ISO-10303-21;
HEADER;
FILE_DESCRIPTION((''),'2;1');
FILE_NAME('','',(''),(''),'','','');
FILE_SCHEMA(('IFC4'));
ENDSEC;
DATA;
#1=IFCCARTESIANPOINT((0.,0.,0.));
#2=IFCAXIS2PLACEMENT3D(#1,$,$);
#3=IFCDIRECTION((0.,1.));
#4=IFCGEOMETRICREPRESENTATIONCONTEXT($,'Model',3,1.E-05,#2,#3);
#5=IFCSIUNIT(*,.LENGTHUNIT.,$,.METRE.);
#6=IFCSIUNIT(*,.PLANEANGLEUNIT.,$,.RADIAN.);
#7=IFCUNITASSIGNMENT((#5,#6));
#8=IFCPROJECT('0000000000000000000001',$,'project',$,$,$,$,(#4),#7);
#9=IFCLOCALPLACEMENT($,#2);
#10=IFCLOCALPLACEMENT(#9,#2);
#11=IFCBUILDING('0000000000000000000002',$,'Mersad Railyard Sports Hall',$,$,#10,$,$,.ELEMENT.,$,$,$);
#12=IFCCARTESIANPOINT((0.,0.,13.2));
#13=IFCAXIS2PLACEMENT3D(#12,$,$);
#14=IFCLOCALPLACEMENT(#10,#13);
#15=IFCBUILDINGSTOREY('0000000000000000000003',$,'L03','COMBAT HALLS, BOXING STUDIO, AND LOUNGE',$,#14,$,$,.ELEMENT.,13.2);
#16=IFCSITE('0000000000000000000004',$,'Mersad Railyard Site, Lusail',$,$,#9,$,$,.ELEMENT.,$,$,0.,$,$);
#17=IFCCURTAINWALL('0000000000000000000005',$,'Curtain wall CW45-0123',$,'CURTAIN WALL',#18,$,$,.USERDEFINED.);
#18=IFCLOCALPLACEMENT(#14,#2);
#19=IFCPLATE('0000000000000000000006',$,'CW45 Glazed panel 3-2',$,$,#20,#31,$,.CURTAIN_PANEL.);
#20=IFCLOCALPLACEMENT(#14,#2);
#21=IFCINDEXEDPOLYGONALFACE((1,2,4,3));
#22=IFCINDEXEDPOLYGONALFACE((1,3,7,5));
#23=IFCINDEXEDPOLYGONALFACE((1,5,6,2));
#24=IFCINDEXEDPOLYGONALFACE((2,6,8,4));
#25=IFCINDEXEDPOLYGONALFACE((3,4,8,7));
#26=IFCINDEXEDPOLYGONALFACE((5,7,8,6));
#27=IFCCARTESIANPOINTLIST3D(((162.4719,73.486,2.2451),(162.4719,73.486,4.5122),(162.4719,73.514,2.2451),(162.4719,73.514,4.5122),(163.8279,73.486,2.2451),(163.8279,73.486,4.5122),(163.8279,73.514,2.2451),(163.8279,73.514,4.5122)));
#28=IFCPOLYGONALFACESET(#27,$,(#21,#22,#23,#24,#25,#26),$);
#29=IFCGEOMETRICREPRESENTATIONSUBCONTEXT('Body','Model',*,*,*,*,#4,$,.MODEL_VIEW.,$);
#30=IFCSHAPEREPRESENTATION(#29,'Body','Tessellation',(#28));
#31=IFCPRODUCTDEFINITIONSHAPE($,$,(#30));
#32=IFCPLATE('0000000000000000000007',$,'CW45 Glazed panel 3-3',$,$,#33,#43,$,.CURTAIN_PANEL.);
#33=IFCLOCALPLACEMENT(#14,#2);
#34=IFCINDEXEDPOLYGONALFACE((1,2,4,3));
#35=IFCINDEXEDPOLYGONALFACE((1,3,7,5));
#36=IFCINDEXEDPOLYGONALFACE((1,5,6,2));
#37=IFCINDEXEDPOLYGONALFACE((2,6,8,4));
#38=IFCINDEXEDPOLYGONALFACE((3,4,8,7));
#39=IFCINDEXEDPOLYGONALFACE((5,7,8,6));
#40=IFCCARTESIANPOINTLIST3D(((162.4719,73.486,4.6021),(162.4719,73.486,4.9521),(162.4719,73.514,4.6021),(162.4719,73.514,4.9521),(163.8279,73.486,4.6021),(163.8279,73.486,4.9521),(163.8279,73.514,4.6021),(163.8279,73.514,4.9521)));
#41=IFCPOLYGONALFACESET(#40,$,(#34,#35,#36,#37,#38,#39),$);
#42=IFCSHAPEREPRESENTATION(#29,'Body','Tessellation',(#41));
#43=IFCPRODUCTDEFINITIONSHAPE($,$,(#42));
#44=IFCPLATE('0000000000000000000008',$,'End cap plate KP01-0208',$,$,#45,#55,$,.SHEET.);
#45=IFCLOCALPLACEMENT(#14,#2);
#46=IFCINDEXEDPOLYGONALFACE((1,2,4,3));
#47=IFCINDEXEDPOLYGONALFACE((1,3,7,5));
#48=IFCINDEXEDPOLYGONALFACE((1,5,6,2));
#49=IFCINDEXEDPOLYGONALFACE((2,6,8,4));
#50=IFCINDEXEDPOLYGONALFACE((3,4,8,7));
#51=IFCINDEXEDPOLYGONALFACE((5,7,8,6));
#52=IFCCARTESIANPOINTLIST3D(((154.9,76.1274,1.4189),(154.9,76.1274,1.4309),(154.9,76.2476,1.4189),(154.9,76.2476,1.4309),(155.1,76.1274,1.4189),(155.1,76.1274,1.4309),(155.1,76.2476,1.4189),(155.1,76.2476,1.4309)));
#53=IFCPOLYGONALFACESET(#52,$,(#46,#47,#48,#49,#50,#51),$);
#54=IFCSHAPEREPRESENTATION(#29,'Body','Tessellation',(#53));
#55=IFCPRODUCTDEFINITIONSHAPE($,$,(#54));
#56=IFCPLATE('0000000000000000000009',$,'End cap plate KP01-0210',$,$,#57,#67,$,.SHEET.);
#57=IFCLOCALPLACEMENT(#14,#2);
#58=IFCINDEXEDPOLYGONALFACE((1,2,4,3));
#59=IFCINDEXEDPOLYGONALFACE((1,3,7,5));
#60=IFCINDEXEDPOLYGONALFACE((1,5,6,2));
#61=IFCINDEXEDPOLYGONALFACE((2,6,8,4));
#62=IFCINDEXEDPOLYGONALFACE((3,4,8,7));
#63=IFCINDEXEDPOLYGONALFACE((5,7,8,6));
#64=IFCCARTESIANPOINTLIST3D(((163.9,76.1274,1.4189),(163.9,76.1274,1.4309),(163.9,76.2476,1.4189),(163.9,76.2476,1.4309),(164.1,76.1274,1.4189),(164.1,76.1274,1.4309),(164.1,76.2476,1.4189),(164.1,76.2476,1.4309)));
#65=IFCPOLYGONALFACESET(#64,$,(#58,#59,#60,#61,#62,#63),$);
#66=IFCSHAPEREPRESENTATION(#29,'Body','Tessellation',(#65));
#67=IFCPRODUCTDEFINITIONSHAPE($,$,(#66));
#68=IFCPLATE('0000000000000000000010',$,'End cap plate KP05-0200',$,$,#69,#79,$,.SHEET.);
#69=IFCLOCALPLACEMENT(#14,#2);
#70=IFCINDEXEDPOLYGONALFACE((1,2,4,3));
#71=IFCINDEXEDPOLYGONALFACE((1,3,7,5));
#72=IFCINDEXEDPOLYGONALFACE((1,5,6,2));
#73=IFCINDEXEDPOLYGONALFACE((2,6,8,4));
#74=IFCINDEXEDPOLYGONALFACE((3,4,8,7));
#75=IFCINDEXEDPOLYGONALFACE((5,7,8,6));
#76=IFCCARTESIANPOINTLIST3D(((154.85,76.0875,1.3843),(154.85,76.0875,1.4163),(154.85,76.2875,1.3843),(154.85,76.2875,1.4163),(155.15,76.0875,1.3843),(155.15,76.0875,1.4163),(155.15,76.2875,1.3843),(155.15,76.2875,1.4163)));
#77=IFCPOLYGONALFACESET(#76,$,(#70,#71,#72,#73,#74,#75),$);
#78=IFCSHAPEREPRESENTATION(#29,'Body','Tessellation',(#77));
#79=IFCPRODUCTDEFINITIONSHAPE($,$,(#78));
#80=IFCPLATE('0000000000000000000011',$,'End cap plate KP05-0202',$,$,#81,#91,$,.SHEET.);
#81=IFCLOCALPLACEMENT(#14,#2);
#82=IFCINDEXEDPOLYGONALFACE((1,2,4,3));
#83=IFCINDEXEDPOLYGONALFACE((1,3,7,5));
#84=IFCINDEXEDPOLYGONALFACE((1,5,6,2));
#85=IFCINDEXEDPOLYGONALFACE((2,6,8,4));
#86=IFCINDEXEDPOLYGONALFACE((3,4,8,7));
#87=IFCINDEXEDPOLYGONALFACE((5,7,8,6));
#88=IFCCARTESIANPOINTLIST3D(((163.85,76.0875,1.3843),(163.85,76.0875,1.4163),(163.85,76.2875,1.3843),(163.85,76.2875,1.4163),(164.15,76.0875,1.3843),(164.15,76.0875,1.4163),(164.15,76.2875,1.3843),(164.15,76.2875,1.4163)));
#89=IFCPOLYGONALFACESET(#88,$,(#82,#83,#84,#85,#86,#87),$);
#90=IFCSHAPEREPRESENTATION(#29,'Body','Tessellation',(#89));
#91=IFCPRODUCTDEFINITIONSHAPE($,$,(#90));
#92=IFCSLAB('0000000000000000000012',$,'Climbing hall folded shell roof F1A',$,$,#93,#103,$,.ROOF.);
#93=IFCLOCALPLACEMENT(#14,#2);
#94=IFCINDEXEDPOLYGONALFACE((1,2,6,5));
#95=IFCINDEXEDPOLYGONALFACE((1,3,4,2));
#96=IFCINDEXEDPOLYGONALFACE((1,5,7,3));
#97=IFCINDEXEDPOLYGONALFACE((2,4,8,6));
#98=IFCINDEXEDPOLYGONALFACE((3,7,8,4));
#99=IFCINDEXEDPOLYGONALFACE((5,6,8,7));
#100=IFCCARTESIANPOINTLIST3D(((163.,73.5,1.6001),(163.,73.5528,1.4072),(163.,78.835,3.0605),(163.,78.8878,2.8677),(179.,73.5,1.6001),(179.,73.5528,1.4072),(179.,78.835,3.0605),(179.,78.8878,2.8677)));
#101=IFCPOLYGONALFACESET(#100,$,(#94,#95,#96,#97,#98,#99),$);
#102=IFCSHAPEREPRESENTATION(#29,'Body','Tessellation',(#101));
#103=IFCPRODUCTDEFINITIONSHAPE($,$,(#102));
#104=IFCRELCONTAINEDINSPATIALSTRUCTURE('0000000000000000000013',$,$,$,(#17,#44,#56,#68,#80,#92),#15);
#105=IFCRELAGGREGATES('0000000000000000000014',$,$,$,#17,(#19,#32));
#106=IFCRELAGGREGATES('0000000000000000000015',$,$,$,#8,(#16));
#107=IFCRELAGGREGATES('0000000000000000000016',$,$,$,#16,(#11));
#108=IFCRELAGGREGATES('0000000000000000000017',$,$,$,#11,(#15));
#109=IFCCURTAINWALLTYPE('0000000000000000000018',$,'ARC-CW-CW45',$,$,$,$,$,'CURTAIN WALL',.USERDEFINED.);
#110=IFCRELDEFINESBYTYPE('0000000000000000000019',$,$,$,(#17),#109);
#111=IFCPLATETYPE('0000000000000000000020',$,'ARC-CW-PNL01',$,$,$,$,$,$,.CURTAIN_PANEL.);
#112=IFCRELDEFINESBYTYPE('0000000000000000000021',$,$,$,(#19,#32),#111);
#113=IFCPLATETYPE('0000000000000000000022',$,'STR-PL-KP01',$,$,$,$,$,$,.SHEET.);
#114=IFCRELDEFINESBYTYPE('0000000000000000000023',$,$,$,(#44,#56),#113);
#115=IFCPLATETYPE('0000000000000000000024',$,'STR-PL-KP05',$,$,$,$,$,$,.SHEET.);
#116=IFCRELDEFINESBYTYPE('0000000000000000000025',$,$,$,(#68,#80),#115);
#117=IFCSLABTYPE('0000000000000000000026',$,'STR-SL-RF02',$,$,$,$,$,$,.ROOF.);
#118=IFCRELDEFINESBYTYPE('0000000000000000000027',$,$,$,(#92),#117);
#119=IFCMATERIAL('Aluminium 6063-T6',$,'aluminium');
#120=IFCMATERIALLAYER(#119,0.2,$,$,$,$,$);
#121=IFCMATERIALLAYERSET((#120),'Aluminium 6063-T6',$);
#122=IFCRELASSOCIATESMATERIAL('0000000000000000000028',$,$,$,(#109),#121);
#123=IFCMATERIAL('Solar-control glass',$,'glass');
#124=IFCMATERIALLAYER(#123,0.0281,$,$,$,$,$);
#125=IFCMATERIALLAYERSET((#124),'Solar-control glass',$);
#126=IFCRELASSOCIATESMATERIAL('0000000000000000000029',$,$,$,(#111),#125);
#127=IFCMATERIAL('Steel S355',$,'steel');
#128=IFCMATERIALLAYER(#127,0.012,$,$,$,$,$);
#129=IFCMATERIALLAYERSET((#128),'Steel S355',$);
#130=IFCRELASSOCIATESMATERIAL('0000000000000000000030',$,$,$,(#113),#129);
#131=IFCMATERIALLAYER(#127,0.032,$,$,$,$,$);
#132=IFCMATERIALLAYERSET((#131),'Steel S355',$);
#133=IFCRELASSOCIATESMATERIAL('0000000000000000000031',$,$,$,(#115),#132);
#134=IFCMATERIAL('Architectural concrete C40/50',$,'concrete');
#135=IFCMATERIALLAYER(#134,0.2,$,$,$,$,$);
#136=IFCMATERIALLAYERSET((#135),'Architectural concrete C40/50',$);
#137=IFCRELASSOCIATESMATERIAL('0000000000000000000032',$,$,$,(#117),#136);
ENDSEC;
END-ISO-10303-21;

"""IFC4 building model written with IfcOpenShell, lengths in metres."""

from ifc_helpers import new_model, si_unit, direction, frame, origin, origin_2d, place, context, subcontext, project, spatial, polyline, rectangle, outline, extrude, material, layer, layer_set, type_object, element, aggregate, save


model = new_model("IFC4")

# Units and contexts
model_context = context("Model", 3, precision=1e-05, world=origin(), true_north=direction((0.0, 1.0)))
body_context = subcontext(model_context, "Body", "Model", "MODEL_VIEW")
ifc_project = project(units=[si_unit("LENGTHUNIT", "METRE"), si_unit("PLANEANGLEUNIT", "RADIAN")], contexts=[model_context])

# Site, building, storey
site_placement = place(None, origin())
site = spatial("IfcSite", under=ifc_project, at=site_placement, Name="Mersad Railyard Site, Lusail", CompositionType="ELEMENT", RefElevation=0.0)
building_placement = place(site_placement, origin())
building = spatial("IfcBuilding", under=site, at=building_placement, Name="Mersad Railyard Sports Hall", CompositionType="ELEMENT")
storey_placement = place(building_placement, frame((0.0, 0.0, 13.2)))
storey = spatial("IfcBuildingStorey", under=building, at=storey_placement, Name="L03", Description="COMBAT HALLS, BOXING STUDIO, AND LOUNGE", CompositionType="ELEMENT", Elevation=13.2)

# Curtain wall
ifc_material_1 = material(Name="Aluminium 6063-T6", Category="aluminium")
ifc_layer_1 = layer(ifc_material_1, 0.2)
ifc_layer_set_1 = layer_set([ifc_layer_1], Name="Aluminium 6063-T6")
curtain_wall_type_1 = type_object("IfcCurtainWallType", Name="ARC-CW-CW45", ElementType="CURTAIN WALL", PredefinedType="USERDEFINED", material=ifc_layer_set_1)
curtain_wall_1_placement = place(storey_placement, origin())
curtain_wall_1 = element("IfcCurtainWall", 1, at=curtain_wall_1_placement, inside=storey, type_object=curtain_wall_type_1, Name="Curtain wall CW45-0123", ObjectType="CURTAIN WALL", PredefinedType="USERDEFINED")

# Shared definitions
ifc_material_2 = material(Name="Steel S355", Category="steel")

# Plates
ifc_material_3 = material(Name="Solar-control glass", Category="glass")
ifc_layer_2 = layer(ifc_material_3, 0.0281)
ifc_layer_set_2 = layer_set([ifc_layer_2], Name="Solar-control glass")
plate_type_1 = type_object("IfcPlateType", Name="ARC-CW-PNL01", PredefinedType="CURTAIN_PANEL", material=ifc_layer_set_2)
plate_1_placement = place(storey_placement, frame((163.1499, 73.5, 2.2451), z_axis=(0.0, 0.0, 1.0), x_axis=(1.0, 0.0, 0.0)))
plate_1 = element("IfcPlate", 2, at=plate_1_placement, type_object=plate_type_1, Name="CW45 Glazed panel 3-2", PredefinedType="CURTAIN_PANEL", context=body_context, shape_type="SweptSolid", body=[
    extrude(rectangle(XDim=1.356, YDim=0.0281, at=origin_2d()), origin(), (0.0, 0.0, 1.0), 2.2671),
])
plate_2_placement = place(storey_placement, frame((163.1499, 73.5, 4.6021), z_axis=(0.0, 0.0, 1.0), x_axis=(1.0, 0.0, 0.0)))
plate_2 = element("IfcPlate", 3, at=plate_2_placement, type_object=plate_type_1, Name="CW45 Glazed panel 3-3", PredefinedType="CURTAIN_PANEL", context=body_context, shape_type="SweptSolid", body=[
    extrude(rectangle(XDim=1.356, YDim=0.0281, at=origin_2d()), origin(), (0.0, 0.0, 1.0), 0.3501),
])
aggregate(curtain_wall_1, [plate_1, plate_2])

# Plates
ifc_layer_3 = layer(ifc_material_2, 0.012)
ifc_layer_set_3 = layer_set([ifc_layer_3], Name="Steel S355")
plate_type_2 = type_object("IfcPlateType", Name="STR-PL-KP01", PredefinedType="SHEET", material=ifc_layer_set_3)
for number, where, z_axis, x_axis, name in (
    (4, (155.0, 76.1875, 1.4189), (0.0, 0.0, 1.0), (1.0, 0.0, 0.0), "End cap plate KP01-0208"),
    (5, (164.0, 76.1875, 1.4189), (0.0, 0.0, 1.0), (1.0, 0.0, 0.0), "End cap plate KP01-0210"),
):
    element("IfcPlate", number, at=place(storey_placement, frame(where, z_axis=z_axis, x_axis=x_axis)), inside=storey, type_object=plate_type_2, Name=name, PredefinedType="SHEET", context=body_context, shape_type="SweptSolid", body=[
        extrude(rectangle(XDim=0.2, YDim=0.1201, at=origin_2d()), origin(), (0.0, 0.0, 1.0), 0.012),
    ])
ifc_layer_4 = layer(ifc_material_2, 0.032)
ifc_layer_set_4 = layer_set([ifc_layer_4], Name="Steel S355")
plate_type_3 = type_object("IfcPlateType", Name="STR-PL-KP05", PredefinedType="SHEET", material=ifc_layer_set_4)
for number, where, z_axis, x_axis, name in (
    (6, (155.0, 76.1875, 1.3843), (0.0, 0.0, 1.0), (1.0, 0.0, 0.0), "End cap plate KP05-0200"),
    (7, (164.0, 76.1875, 1.3843), (0.0, 0.0, 1.0), (1.0, 0.0, 0.0), "End cap plate KP05-0202"),
):
    element("IfcPlate", number, at=place(storey_placement, frame(where, z_axis=z_axis, x_axis=x_axis)), inside=storey, type_object=plate_type_3, Name=name, PredefinedType="SHEET", context=body_context, shape_type="SweptSolid", body=[
        extrude(rectangle(XDim=0.3, YDim=0.2, at=origin_2d()), origin(), (0.0, 0.0, 1.0), 0.032),
    ])

# Slab
ifc_material_4 = material(Name="Architectural concrete C40/50", Category="concrete")
ifc_layer_5 = layer(ifc_material_4, 0.2)
ifc_layer_set_5 = layer_set([ifc_layer_5], Name="Architectural concrete C40/50")
slab_type = type_object("IfcSlabType", Name="STR-SL-RF02", PredefinedType="ROOF", material=ifc_layer_set_5)
slab_placement = place(storey_placement, frame((163.0, 73.5, 1.6001), z_axis=(0.0, -0.264036, 0.964513), x_axis=(1.0, 0.0, 0.0)))
element("IfcSlab", 8, at=slab_placement, inside=storey, type_object=slab_type, Name="Climbing hall folded shell roof F1A", PredefinedType="ROOF", context=body_context, shape_type="SweptSolid", body=[
    extrude(outline(polyline([(0.0, 0.0), (16.0, 0.0), (16.0, 5.5312), (0.0, 5.5312), (0.0, 0.0)])), origin(), (0.0, 0.0, -1.0), 0.2),
])

save(model, "model.ifc")
